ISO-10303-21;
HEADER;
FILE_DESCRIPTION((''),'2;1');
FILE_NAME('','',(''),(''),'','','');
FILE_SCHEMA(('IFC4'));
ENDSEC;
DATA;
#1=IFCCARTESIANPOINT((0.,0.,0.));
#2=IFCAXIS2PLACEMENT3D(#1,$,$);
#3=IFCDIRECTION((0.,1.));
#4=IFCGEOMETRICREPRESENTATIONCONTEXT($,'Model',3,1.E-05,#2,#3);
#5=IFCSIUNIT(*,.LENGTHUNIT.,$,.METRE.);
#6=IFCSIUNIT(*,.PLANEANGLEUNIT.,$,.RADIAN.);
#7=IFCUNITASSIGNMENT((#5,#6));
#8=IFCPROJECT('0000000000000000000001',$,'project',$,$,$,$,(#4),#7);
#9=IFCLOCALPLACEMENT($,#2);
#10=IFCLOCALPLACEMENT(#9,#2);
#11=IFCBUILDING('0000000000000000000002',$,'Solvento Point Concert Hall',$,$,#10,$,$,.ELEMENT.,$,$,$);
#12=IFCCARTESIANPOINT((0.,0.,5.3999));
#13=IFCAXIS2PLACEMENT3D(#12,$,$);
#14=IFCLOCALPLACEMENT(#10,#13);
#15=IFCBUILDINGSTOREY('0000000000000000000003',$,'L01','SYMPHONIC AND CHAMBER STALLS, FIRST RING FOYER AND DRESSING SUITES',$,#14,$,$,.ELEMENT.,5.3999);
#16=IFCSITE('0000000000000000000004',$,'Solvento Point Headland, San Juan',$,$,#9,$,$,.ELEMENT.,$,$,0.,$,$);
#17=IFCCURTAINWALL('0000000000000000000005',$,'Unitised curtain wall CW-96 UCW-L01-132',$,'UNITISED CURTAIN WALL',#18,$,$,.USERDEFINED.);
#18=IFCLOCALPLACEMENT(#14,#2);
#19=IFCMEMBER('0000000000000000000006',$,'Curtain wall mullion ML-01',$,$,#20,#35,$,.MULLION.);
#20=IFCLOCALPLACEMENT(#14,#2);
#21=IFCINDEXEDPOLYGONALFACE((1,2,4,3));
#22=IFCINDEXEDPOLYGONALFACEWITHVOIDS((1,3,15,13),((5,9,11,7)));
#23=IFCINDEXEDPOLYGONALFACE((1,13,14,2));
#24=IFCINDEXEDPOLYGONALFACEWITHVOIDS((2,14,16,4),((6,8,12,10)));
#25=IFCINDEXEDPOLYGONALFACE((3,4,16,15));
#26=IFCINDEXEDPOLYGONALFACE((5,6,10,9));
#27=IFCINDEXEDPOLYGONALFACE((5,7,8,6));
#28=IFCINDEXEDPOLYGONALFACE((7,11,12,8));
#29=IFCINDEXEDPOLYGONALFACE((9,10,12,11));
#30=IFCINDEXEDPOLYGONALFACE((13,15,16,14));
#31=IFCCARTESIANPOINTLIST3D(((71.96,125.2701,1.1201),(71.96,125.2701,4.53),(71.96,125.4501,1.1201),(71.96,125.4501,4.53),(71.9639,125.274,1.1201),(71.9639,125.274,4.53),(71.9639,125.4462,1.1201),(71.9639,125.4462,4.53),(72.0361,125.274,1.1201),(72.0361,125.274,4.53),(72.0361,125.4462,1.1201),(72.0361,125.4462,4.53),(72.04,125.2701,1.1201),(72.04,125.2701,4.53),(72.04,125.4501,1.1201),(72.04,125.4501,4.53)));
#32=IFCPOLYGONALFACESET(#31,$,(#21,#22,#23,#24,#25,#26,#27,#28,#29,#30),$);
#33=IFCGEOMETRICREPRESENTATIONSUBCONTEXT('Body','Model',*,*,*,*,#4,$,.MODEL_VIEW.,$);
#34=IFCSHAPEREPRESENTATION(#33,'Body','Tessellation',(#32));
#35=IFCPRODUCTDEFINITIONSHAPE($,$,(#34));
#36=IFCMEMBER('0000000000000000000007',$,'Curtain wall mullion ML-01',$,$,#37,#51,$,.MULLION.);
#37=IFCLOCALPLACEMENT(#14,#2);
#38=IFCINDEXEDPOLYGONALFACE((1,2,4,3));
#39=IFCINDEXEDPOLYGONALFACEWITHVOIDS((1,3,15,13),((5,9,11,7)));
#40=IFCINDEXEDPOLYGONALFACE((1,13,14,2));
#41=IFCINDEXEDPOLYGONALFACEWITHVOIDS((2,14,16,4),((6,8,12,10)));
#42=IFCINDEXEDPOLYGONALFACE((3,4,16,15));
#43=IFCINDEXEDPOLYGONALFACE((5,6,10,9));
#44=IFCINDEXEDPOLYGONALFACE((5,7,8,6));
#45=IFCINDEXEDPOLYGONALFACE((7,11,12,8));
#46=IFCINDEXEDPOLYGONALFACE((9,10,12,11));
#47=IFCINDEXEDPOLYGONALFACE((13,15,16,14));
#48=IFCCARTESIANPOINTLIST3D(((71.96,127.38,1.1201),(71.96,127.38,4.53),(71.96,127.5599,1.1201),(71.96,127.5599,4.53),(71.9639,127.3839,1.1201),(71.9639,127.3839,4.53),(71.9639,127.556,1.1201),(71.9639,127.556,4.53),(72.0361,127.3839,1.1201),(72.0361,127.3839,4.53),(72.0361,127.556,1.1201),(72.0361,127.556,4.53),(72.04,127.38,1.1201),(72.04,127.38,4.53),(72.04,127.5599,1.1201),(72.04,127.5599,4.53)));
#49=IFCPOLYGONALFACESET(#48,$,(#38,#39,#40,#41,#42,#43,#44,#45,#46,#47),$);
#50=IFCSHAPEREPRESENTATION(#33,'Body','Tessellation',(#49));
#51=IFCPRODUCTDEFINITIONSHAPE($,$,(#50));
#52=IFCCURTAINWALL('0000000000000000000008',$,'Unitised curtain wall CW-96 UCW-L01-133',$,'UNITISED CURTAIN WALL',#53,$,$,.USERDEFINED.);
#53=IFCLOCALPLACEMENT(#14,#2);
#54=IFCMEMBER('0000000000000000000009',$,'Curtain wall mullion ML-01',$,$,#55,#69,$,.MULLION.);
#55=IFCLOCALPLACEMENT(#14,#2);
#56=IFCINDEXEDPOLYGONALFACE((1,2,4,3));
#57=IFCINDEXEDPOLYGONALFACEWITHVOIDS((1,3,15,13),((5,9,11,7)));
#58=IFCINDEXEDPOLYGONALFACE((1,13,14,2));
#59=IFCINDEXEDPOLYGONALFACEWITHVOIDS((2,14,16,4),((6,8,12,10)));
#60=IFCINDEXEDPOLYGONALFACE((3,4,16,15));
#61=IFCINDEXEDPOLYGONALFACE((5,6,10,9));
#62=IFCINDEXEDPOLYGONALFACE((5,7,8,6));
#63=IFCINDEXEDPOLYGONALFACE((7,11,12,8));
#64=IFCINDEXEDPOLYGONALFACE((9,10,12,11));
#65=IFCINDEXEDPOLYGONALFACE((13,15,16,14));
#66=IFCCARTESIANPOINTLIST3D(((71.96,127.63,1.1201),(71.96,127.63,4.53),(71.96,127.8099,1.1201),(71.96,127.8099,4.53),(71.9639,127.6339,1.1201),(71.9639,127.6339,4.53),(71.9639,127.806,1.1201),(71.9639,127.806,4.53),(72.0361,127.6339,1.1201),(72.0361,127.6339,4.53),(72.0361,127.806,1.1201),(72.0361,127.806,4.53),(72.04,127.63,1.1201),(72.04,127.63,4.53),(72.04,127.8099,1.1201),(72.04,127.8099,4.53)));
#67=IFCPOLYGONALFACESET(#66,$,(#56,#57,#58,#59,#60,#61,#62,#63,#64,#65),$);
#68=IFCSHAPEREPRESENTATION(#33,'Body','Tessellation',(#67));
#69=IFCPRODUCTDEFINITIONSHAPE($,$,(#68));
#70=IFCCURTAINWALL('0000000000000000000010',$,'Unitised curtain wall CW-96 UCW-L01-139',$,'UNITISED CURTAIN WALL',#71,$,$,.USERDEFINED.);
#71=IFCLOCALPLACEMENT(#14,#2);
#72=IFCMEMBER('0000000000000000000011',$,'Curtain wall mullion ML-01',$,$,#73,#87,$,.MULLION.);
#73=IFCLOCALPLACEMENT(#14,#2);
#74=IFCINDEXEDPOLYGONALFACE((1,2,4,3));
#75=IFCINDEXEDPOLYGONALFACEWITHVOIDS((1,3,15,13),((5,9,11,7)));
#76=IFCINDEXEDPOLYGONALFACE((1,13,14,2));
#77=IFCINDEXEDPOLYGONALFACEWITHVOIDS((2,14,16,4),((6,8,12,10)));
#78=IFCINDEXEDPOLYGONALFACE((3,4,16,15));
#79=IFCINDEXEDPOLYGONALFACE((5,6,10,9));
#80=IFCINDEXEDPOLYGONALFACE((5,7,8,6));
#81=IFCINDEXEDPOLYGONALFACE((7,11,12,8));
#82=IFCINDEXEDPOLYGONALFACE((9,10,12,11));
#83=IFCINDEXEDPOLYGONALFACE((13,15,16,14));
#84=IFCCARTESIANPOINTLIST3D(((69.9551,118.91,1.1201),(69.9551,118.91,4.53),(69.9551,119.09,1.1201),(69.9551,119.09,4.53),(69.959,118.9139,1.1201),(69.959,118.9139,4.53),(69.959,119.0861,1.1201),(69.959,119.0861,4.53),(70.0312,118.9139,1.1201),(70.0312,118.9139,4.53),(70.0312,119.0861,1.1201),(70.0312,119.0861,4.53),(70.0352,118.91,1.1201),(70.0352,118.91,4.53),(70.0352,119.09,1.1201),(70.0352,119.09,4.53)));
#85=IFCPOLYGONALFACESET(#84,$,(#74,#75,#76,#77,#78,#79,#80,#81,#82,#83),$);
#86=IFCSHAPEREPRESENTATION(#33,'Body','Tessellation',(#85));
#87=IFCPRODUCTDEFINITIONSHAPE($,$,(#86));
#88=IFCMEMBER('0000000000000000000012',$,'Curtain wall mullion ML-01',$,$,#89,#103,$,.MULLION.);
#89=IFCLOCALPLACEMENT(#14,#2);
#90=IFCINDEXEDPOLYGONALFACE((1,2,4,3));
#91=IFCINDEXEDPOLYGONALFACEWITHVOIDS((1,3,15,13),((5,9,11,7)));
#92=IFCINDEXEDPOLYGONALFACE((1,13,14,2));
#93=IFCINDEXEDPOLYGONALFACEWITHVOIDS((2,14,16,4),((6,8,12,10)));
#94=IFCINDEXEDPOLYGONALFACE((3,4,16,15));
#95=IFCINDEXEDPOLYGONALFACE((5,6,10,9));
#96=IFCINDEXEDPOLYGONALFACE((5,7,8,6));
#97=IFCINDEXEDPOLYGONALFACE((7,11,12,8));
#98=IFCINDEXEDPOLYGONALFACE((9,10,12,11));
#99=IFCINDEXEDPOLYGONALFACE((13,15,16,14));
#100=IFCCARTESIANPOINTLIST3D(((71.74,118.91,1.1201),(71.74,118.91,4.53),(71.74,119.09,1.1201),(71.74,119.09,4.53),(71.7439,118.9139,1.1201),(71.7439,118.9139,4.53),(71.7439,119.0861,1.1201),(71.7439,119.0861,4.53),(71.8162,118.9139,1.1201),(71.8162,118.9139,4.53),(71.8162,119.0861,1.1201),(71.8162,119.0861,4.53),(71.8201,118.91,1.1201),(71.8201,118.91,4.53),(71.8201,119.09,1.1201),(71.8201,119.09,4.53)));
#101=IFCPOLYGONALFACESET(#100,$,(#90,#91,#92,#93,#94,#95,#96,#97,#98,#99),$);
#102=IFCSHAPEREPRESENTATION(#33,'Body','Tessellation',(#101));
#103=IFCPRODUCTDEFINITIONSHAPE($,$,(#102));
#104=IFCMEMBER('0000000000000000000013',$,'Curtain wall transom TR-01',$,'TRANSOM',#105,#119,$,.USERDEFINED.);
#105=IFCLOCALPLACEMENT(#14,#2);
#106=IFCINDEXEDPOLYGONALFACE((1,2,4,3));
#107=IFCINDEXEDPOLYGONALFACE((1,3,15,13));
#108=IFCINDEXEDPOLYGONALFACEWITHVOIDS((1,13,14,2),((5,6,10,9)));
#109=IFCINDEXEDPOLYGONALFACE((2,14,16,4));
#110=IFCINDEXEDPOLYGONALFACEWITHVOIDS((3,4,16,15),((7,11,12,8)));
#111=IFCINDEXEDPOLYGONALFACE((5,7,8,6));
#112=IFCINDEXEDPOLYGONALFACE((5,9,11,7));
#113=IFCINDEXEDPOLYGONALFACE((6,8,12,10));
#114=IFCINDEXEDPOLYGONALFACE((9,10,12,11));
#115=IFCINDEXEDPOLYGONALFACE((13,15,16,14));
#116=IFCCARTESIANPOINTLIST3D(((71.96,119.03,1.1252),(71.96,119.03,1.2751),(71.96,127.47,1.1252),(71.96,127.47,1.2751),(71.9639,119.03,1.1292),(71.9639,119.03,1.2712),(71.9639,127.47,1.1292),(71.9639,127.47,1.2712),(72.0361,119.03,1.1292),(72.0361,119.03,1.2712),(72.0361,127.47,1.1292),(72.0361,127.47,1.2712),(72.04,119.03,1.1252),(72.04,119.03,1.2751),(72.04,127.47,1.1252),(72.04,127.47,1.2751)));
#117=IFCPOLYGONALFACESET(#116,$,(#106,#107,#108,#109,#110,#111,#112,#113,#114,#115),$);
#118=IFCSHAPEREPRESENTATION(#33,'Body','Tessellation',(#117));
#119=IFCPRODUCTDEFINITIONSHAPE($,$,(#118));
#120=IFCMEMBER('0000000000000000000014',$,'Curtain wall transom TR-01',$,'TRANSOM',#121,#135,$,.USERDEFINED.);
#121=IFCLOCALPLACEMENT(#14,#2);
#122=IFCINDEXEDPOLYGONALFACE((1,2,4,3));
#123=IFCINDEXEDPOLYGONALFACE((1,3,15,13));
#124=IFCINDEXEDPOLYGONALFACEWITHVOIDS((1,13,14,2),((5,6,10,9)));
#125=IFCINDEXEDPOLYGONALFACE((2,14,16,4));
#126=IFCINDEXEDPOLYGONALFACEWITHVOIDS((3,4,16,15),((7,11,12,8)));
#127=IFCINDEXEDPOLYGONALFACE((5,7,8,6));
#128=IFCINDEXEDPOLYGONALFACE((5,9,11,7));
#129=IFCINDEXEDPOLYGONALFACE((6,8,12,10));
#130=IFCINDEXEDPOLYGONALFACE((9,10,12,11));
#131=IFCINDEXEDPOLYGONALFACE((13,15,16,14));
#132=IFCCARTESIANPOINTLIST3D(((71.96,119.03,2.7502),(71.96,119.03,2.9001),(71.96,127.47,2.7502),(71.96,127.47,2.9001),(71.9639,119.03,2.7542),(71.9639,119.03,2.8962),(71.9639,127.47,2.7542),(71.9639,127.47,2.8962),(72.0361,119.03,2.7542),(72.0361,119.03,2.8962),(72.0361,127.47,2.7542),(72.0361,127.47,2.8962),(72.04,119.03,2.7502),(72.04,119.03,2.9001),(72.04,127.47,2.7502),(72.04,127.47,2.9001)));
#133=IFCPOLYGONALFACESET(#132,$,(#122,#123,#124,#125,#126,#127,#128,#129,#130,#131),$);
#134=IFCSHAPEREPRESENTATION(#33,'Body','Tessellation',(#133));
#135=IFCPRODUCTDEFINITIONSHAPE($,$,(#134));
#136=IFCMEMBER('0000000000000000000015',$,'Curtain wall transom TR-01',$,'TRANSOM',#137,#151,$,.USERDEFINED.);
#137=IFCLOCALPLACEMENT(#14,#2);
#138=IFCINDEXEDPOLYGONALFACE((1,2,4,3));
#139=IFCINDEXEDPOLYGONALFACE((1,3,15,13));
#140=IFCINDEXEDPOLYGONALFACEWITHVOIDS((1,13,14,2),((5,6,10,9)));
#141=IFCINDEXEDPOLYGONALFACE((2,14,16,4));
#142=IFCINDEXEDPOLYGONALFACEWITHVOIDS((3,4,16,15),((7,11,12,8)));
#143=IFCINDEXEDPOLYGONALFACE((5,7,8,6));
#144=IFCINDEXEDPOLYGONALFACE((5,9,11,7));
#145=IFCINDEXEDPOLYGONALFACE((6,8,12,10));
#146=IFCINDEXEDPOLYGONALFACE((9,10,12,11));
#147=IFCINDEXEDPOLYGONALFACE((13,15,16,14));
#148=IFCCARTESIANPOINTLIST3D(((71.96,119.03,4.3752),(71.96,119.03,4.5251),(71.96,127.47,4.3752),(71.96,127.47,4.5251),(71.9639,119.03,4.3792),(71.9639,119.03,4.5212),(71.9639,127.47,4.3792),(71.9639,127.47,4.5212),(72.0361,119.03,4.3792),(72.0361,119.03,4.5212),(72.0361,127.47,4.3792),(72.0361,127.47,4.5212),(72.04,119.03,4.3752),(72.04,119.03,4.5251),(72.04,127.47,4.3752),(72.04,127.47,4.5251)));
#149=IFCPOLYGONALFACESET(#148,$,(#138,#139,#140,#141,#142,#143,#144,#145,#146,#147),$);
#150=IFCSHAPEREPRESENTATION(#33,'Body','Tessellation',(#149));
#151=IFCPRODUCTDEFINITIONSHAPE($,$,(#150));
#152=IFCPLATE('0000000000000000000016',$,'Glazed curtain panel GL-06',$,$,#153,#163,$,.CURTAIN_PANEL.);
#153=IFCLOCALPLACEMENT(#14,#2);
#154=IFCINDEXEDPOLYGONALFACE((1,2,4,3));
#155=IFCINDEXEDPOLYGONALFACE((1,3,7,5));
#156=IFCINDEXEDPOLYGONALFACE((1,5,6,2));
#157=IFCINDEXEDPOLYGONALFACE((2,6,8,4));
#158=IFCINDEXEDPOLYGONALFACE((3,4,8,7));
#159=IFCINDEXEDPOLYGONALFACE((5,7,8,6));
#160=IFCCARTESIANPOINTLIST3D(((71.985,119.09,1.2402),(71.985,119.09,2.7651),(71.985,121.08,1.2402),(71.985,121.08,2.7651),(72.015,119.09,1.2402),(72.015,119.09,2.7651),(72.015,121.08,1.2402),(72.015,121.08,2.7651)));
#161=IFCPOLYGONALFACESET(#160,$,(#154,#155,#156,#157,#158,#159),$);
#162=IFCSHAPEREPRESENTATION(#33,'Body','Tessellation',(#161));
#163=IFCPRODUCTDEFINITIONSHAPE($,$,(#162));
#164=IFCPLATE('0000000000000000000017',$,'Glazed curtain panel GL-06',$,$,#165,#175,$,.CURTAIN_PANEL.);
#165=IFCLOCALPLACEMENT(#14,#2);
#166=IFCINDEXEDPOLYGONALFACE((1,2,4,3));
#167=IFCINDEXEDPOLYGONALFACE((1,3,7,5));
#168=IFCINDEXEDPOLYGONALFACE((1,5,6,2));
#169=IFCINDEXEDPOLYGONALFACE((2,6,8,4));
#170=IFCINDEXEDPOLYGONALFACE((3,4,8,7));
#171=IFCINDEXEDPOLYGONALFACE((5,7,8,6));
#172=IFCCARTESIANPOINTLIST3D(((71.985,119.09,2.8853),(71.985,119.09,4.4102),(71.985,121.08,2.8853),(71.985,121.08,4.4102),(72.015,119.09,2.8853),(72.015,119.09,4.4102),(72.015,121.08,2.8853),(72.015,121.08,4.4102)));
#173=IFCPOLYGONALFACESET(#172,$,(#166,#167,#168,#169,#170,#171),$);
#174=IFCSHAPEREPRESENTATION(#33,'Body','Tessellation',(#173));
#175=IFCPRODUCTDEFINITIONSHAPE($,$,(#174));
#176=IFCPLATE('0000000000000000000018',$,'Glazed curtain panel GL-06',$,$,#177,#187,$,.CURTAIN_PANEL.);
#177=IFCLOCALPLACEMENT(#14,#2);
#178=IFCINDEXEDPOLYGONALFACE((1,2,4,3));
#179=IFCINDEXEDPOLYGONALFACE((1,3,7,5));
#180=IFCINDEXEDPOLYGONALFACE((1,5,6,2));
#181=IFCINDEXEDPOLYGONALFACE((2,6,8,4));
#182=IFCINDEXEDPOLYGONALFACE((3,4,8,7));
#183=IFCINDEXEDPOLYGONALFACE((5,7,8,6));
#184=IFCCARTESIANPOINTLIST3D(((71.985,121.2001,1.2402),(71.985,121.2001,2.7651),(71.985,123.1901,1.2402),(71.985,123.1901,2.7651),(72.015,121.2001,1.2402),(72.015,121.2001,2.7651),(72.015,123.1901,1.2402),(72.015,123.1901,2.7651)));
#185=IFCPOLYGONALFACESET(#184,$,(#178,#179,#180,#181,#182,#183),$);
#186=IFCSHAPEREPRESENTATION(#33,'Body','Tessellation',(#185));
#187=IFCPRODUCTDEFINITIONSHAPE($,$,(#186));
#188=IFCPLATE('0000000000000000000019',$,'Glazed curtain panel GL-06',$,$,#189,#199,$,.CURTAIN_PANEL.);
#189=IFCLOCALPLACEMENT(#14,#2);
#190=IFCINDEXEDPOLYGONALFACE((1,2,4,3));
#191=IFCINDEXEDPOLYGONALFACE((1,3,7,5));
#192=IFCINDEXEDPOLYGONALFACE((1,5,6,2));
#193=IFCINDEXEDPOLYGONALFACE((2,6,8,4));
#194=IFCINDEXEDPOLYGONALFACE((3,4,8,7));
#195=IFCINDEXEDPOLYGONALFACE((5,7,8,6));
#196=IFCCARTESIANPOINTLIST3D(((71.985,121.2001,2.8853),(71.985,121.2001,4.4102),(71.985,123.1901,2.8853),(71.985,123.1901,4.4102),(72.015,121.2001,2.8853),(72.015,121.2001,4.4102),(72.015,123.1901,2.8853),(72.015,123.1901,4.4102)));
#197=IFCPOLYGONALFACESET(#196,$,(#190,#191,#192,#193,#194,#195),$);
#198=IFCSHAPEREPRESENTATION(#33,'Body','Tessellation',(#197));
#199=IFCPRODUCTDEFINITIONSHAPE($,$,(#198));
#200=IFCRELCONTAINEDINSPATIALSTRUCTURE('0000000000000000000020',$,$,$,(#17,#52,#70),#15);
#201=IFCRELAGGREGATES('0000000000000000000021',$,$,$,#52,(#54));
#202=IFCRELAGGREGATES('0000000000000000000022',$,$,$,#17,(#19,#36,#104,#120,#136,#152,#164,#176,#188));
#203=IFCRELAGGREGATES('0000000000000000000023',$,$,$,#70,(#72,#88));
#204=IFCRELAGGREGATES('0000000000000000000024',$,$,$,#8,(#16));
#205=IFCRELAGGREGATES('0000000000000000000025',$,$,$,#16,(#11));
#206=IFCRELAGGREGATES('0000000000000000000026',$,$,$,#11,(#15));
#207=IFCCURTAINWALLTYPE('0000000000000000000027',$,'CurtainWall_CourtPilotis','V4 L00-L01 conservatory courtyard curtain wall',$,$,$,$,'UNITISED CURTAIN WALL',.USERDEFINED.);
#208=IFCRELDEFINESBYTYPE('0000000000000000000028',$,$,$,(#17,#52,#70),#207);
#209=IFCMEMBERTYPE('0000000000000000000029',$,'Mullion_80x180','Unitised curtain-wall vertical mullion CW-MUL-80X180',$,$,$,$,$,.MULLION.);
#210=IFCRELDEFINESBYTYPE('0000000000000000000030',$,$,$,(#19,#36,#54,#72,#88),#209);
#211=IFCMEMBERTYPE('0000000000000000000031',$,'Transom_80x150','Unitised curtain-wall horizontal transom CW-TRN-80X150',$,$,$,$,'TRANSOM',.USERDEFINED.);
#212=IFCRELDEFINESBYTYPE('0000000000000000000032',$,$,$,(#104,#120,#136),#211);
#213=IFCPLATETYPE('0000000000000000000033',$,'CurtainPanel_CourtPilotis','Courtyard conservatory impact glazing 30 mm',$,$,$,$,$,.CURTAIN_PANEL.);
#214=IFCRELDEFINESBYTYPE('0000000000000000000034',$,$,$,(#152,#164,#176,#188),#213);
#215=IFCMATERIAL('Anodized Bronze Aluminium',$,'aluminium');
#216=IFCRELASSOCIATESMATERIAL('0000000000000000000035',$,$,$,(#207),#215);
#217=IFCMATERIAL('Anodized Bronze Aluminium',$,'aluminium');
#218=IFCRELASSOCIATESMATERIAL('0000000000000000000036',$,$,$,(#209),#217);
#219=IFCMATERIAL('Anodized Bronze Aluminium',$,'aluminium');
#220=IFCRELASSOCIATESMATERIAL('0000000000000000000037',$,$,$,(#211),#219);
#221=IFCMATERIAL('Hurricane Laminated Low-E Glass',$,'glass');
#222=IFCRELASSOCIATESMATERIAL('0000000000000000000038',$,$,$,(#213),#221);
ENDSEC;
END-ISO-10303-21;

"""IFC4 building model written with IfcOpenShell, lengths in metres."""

from ifc_helpers import new_model, si_unit, direction, frame, origin, origin_2d, place, context, subcontext, project, spatial, rectangle, hollow_rectangle, extrude, material, material_profile, profile_set, type_object, element, aggregate, save


model = new_model("IFC4")

# Units and contexts
model_context = context("Model", 3, precision=1e-05, world=origin(), true_north=direction((0.0, 1.0)))
body_context = subcontext(model_context, "Body", "Model", "MODEL_VIEW")
ifc_project = project(units=[si_unit("LENGTHUNIT", "METRE"), si_unit("PLANEANGLEUNIT", "RADIAN")], contexts=[model_context])

# Site, building, storey
site_placement = place(None, origin())
site = spatial("IfcSite", under=ifc_project, at=site_placement, Name="Solvento Point Headland, San Juan", CompositionType="ELEMENT", RefElevation=0.0)
building_placement = place(site_placement, origin())
building = spatial("IfcBuilding", under=site, at=building_placement, Name="Solvento Point Concert Hall", CompositionType="ELEMENT")
storey_placement = place(building_placement, frame((0.0, 0.0, 5.3999)))
storey = spatial("IfcBuildingStorey", under=building, at=storey_placement, Name="L01", Description="SYMPHONIC AND CHAMBER STALLS, FIRST RING FOYER AND DRESSING SUITES", CompositionType="ELEMENT", Elevation=5.3999)

# Curtain wall, members
ifc_material_1 = material(Name="Anodized Bronze Aluminium", Category="aluminium")
curtain_wall_type = type_object("IfcCurtainWallType", Name="CurtainWall_CourtPilotis", Description="V4 L00-L01 conservatory courtyard curtain wall", ElementType="UNITISED CURTAIN WALL", PredefinedType="USERDEFINED", material=ifc_material_1)
curtain_wall_1_placement = place(storey_placement, origin())
curtain_wall_1 = element("IfcCurtainWall", 1, at=curtain_wall_1_placement, inside=storey, type_object=curtain_wall_type, Name="Unitised curtain wall CW-96 UCW-L01-132", ObjectType="UNITISED CURTAIN WALL", PredefinedType="USERDEFINED")
ifc_material_2 = material(Name="Anodized Bronze Aluminium", Category="aluminium")
ifc_material_profile_1 = material_profile(ifc_material_2, hollow_rectangle(XDim=0.0801, YDim=0.1799, WallThickness=0.0039, at=origin_2d()), Name="CW-MUL-80X180")
ifc_profile_set_1 = profile_set([ifc_material_profile_1], Name="Anodized Bronze Aluminium")
member_type_1 = type_object("IfcMemberType", Name="Mullion_80x180", Description="Unitised curtain-wall vertical mullion CW-MUL-80X180", PredefinedType="MULLION", material=ifc_profile_set_1)
member_1_placement = place(storey_placement, frame((72.0, 125.3601, 1.1201), z_axis=(0.0, 0.0, 1.0), x_axis=(1.0, 0.0, 0.0)))
member_1 = element("IfcMember", 2, at=member_1_placement, type_object=member_type_1, Name="Curtain wall mullion ML-01", PredefinedType="MULLION", context=body_context, shape_type="SweptSolid", body=[
    extrude(hollow_rectangle(XDim=0.0801, YDim=0.1799, WallThickness=0.0039, at=origin_2d()), origin(), (0.0, 0.0, 1.0), 3.4099),
])
member_2_placement = place(storey_placement, frame((72.0, 127.47, 1.1201), z_axis=(0.0, 0.0, 1.0), x_axis=(1.0, 0.0, 0.0)))
member_2 = element("IfcMember", 3, at=member_2_placement, type_object=member_type_1, Name="Curtain wall mullion ML-01", PredefinedType="MULLION", context=body_context, shape_type="SweptSolid", body=[
    extrude(hollow_rectangle(XDim=0.0801, YDim=0.1799, WallThickness=0.0039, at=origin_2d()), origin(), (0.0, 0.0, 1.0), 3.4099),
])

# Curtain wall, member
curtain_wall_2_placement = place(storey_placement, origin())
curtain_wall_2 = element("IfcCurtainWall", 4, at=curtain_wall_2_placement, inside=storey, type_object=curtain_wall_type, Name="Unitised curtain wall CW-96 UCW-L01-133", ObjectType="UNITISED CURTAIN WALL", PredefinedType="USERDEFINED")
member_3_placement = place(storey_placement, frame((72.0, 127.72, 1.1201), z_axis=(0.0, 0.0, 1.0), x_axis=(1.0, 0.0, 0.0)))
member_3 = element("IfcMember", 5, at=member_3_placement, type_object=member_type_1, Name="Curtain wall mullion ML-01", PredefinedType="MULLION", context=body_context, shape_type="SweptSolid", body=[
    extrude(hollow_rectangle(XDim=0.0801, YDim=0.1799, WallThickness=0.0039, at=origin_2d()), origin(), (0.0, 0.0, 1.0), 3.4099),
])
aggregate(curtain_wall_2, [member_3])

# Curtain wall, members
curtain_wall_3_placement = place(storey_placement, origin())
curtain_wall_3 = element("IfcCurtainWall", 6, at=curtain_wall_3_placement, inside=storey, type_object=curtain_wall_type, Name="Unitised curtain wall CW-96 UCW-L01-139", ObjectType="UNITISED CURTAIN WALL", PredefinedType="USERDEFINED")
member_4_placement = place(storey_placement, frame((69.9951, 119.0, 1.1201), z_axis=(0.0, 0.0, 1.0), x_axis=(1.0, 0.0, 0.0)))
member_4 = element("IfcMember", 7, at=member_4_placement, type_object=member_type_1, Name="Curtain wall mullion ML-01", PredefinedType="MULLION", context=body_context, shape_type="SweptSolid", body=[
    extrude(hollow_rectangle(XDim=0.0801, YDim=0.1799, WallThickness=0.0039, at=origin_2d()), origin(), (0.0, 0.0, 1.0), 3.4099),
])
member_5_placement = place(storey_placement, frame((71.78, 119.0, 1.1201), z_axis=(0.0, 0.0, 1.0), x_axis=(1.0, 0.0, 0.0)))
member_5 = element("IfcMember", 8, at=member_5_placement, type_object=member_type_1, Name="Curtain wall mullion ML-01", PredefinedType="MULLION", context=body_context, shape_type="SweptSolid", body=[
    extrude(hollow_rectangle(XDim=0.0801, YDim=0.1799, WallThickness=0.0039, at=origin_2d()), origin(), (0.0, 0.0, 1.0), 3.4099),
])

# Members
ifc_material_3 = material(Name="Anodized Bronze Aluminium", Category="aluminium")
ifc_material_profile_2 = material_profile(ifc_material_3, hollow_rectangle(XDim=0.0801, YDim=0.1499, WallThickness=0.0039, at=origin_2d()), Name="CW-TRN-80X150")
ifc_profile_set_2 = profile_set([ifc_material_profile_2], Name="Anodized Bronze Aluminium")
member_type_2 = type_object("IfcMemberType", Name="Transom_80x150", Description="Unitised curtain-wall horizontal transom CW-TRN-80X150", ElementType="TRANSOM", PredefinedType="USERDEFINED", material=ifc_profile_set_2)
member_6_placement = place(storey_placement, frame((72.0, 119.03, 1.2002), z_axis=(0.0, 1.0, 0.0), x_axis=(-1.0, 0.0, 0.0)))
member_6 = element("IfcMember", 9, at=member_6_placement, type_object=member_type_2, Name="Curtain wall transom TR-01", ObjectType="TRANSOM", PredefinedType="USERDEFINED", context=body_context, shape_type="SweptSolid", body=[
    extrude(hollow_rectangle(XDim=0.0801, YDim=0.1499, WallThickness=0.0039, at=origin_2d()), origin(), (0.0, 0.0, 1.0), 8.4399),
])
member_7_placement = place(storey_placement, frame((72.0, 119.03, 2.8252), z_axis=(0.0, 1.0, 0.0), x_axis=(-1.0, 0.0, 0.0)))
member_7 = element("IfcMember", 10, at=member_7_placement, type_object=member_type_2, Name="Curtain wall transom TR-01", ObjectType="TRANSOM", PredefinedType="USERDEFINED", context=body_context, shape_type="SweptSolid", body=[
    extrude(hollow_rectangle(XDim=0.0801, YDim=0.1499, WallThickness=0.0039, at=origin_2d()), origin(), (0.0, 0.0, 1.0), 8.4399),
])
member_8_placement = place(storey_placement, frame((72.0, 119.03, 4.4502), z_axis=(0.0, 1.0, 0.0), x_axis=(-1.0, 0.0, 0.0)))
member_8 = element("IfcMember", 11, at=member_8_placement, type_object=member_type_2, Name="Curtain wall transom TR-01", ObjectType="TRANSOM", PredefinedType="USERDEFINED", context=body_context, shape_type="SweptSolid", body=[
    extrude(hollow_rectangle(XDim=0.0801, YDim=0.1499, WallThickness=0.0039, at=origin_2d()), origin(), (0.0, 0.0, 1.0), 8.4399),
])

# Plates
ifc_material_4 = material(Name="Hurricane Laminated Low-E Glass", Category="glass")
plate_type = type_object("IfcPlateType", Name="CurtainPanel_CourtPilotis", Description="Courtyard conservatory impact glazing 30 mm", PredefinedType="CURTAIN_PANEL", material=ifc_material_4)
plate_1_placement = place(storey_placement, frame((72.0, 120.085, 1.2402), z_axis=(0.0, 0.0, 1.0), x_axis=(0.0, 1.0, 0.0)))
plate_1 = element("IfcPlate", 12, at=plate_1_placement, type_object=plate_type, Name="Glazed curtain panel GL-06", PredefinedType="CURTAIN_PANEL", context=body_context, shape_type="SweptSolid", body=[
    extrude(rectangle(XDim=1.99, YDim=0.03, at=origin_2d()), origin(), (0.0, 0.0, 1.0), 1.5249),
])
plate_2_placement = place(storey_placement, frame((72.0, 120.085, 2.8853), z_axis=(0.0, 0.0, 1.0), x_axis=(0.0, 1.0, 0.0)))
plate_2 = element("IfcPlate", 13, at=plate_2_placement, type_object=plate_type, Name="Glazed curtain panel GL-06", PredefinedType="CURTAIN_PANEL", context=body_context, shape_type="SweptSolid", body=[
    extrude(rectangle(XDim=1.99, YDim=0.03, at=origin_2d()), origin(), (0.0, 0.0, 1.0), 1.5249),
])
plate_3_placement = place(storey_placement, frame((72.0, 122.1951, 1.2402), z_axis=(0.0, 0.0, 1.0), x_axis=(0.0, 1.0, 0.0)))
plate_3 = element("IfcPlate", 14, at=plate_3_placement, type_object=plate_type, Name="Glazed curtain panel GL-06", PredefinedType="CURTAIN_PANEL", context=body_context, shape_type="SweptSolid", body=[
    extrude(rectangle(XDim=1.99, YDim=0.03, at=origin_2d()), origin(), (0.0, 0.0, 1.0), 1.5249),
])
plate_4_placement = place(storey_placement, frame((72.0, 122.1951, 2.8853), z_axis=(0.0, 0.0, 1.0), x_axis=(0.0, 1.0, 0.0)))
plate_4 = element("IfcPlate", 15, at=plate_4_placement, type_object=plate_type, Name="Glazed curtain panel GL-06", PredefinedType="CURTAIN_PANEL", context=body_context, shape_type="SweptSolid", body=[
    extrude(rectangle(XDim=1.99, YDim=0.03, at=origin_2d()), origin(), (0.0, 0.0, 1.0), 1.5249),
])
aggregate(curtain_wall_1, [member_1, member_2, member_6, member_7, member_8, plate_1, plate_2, plate_3, plate_4])
aggregate(curtain_wall_3, [member_4, member_5])

save(model, "model.ifc")
